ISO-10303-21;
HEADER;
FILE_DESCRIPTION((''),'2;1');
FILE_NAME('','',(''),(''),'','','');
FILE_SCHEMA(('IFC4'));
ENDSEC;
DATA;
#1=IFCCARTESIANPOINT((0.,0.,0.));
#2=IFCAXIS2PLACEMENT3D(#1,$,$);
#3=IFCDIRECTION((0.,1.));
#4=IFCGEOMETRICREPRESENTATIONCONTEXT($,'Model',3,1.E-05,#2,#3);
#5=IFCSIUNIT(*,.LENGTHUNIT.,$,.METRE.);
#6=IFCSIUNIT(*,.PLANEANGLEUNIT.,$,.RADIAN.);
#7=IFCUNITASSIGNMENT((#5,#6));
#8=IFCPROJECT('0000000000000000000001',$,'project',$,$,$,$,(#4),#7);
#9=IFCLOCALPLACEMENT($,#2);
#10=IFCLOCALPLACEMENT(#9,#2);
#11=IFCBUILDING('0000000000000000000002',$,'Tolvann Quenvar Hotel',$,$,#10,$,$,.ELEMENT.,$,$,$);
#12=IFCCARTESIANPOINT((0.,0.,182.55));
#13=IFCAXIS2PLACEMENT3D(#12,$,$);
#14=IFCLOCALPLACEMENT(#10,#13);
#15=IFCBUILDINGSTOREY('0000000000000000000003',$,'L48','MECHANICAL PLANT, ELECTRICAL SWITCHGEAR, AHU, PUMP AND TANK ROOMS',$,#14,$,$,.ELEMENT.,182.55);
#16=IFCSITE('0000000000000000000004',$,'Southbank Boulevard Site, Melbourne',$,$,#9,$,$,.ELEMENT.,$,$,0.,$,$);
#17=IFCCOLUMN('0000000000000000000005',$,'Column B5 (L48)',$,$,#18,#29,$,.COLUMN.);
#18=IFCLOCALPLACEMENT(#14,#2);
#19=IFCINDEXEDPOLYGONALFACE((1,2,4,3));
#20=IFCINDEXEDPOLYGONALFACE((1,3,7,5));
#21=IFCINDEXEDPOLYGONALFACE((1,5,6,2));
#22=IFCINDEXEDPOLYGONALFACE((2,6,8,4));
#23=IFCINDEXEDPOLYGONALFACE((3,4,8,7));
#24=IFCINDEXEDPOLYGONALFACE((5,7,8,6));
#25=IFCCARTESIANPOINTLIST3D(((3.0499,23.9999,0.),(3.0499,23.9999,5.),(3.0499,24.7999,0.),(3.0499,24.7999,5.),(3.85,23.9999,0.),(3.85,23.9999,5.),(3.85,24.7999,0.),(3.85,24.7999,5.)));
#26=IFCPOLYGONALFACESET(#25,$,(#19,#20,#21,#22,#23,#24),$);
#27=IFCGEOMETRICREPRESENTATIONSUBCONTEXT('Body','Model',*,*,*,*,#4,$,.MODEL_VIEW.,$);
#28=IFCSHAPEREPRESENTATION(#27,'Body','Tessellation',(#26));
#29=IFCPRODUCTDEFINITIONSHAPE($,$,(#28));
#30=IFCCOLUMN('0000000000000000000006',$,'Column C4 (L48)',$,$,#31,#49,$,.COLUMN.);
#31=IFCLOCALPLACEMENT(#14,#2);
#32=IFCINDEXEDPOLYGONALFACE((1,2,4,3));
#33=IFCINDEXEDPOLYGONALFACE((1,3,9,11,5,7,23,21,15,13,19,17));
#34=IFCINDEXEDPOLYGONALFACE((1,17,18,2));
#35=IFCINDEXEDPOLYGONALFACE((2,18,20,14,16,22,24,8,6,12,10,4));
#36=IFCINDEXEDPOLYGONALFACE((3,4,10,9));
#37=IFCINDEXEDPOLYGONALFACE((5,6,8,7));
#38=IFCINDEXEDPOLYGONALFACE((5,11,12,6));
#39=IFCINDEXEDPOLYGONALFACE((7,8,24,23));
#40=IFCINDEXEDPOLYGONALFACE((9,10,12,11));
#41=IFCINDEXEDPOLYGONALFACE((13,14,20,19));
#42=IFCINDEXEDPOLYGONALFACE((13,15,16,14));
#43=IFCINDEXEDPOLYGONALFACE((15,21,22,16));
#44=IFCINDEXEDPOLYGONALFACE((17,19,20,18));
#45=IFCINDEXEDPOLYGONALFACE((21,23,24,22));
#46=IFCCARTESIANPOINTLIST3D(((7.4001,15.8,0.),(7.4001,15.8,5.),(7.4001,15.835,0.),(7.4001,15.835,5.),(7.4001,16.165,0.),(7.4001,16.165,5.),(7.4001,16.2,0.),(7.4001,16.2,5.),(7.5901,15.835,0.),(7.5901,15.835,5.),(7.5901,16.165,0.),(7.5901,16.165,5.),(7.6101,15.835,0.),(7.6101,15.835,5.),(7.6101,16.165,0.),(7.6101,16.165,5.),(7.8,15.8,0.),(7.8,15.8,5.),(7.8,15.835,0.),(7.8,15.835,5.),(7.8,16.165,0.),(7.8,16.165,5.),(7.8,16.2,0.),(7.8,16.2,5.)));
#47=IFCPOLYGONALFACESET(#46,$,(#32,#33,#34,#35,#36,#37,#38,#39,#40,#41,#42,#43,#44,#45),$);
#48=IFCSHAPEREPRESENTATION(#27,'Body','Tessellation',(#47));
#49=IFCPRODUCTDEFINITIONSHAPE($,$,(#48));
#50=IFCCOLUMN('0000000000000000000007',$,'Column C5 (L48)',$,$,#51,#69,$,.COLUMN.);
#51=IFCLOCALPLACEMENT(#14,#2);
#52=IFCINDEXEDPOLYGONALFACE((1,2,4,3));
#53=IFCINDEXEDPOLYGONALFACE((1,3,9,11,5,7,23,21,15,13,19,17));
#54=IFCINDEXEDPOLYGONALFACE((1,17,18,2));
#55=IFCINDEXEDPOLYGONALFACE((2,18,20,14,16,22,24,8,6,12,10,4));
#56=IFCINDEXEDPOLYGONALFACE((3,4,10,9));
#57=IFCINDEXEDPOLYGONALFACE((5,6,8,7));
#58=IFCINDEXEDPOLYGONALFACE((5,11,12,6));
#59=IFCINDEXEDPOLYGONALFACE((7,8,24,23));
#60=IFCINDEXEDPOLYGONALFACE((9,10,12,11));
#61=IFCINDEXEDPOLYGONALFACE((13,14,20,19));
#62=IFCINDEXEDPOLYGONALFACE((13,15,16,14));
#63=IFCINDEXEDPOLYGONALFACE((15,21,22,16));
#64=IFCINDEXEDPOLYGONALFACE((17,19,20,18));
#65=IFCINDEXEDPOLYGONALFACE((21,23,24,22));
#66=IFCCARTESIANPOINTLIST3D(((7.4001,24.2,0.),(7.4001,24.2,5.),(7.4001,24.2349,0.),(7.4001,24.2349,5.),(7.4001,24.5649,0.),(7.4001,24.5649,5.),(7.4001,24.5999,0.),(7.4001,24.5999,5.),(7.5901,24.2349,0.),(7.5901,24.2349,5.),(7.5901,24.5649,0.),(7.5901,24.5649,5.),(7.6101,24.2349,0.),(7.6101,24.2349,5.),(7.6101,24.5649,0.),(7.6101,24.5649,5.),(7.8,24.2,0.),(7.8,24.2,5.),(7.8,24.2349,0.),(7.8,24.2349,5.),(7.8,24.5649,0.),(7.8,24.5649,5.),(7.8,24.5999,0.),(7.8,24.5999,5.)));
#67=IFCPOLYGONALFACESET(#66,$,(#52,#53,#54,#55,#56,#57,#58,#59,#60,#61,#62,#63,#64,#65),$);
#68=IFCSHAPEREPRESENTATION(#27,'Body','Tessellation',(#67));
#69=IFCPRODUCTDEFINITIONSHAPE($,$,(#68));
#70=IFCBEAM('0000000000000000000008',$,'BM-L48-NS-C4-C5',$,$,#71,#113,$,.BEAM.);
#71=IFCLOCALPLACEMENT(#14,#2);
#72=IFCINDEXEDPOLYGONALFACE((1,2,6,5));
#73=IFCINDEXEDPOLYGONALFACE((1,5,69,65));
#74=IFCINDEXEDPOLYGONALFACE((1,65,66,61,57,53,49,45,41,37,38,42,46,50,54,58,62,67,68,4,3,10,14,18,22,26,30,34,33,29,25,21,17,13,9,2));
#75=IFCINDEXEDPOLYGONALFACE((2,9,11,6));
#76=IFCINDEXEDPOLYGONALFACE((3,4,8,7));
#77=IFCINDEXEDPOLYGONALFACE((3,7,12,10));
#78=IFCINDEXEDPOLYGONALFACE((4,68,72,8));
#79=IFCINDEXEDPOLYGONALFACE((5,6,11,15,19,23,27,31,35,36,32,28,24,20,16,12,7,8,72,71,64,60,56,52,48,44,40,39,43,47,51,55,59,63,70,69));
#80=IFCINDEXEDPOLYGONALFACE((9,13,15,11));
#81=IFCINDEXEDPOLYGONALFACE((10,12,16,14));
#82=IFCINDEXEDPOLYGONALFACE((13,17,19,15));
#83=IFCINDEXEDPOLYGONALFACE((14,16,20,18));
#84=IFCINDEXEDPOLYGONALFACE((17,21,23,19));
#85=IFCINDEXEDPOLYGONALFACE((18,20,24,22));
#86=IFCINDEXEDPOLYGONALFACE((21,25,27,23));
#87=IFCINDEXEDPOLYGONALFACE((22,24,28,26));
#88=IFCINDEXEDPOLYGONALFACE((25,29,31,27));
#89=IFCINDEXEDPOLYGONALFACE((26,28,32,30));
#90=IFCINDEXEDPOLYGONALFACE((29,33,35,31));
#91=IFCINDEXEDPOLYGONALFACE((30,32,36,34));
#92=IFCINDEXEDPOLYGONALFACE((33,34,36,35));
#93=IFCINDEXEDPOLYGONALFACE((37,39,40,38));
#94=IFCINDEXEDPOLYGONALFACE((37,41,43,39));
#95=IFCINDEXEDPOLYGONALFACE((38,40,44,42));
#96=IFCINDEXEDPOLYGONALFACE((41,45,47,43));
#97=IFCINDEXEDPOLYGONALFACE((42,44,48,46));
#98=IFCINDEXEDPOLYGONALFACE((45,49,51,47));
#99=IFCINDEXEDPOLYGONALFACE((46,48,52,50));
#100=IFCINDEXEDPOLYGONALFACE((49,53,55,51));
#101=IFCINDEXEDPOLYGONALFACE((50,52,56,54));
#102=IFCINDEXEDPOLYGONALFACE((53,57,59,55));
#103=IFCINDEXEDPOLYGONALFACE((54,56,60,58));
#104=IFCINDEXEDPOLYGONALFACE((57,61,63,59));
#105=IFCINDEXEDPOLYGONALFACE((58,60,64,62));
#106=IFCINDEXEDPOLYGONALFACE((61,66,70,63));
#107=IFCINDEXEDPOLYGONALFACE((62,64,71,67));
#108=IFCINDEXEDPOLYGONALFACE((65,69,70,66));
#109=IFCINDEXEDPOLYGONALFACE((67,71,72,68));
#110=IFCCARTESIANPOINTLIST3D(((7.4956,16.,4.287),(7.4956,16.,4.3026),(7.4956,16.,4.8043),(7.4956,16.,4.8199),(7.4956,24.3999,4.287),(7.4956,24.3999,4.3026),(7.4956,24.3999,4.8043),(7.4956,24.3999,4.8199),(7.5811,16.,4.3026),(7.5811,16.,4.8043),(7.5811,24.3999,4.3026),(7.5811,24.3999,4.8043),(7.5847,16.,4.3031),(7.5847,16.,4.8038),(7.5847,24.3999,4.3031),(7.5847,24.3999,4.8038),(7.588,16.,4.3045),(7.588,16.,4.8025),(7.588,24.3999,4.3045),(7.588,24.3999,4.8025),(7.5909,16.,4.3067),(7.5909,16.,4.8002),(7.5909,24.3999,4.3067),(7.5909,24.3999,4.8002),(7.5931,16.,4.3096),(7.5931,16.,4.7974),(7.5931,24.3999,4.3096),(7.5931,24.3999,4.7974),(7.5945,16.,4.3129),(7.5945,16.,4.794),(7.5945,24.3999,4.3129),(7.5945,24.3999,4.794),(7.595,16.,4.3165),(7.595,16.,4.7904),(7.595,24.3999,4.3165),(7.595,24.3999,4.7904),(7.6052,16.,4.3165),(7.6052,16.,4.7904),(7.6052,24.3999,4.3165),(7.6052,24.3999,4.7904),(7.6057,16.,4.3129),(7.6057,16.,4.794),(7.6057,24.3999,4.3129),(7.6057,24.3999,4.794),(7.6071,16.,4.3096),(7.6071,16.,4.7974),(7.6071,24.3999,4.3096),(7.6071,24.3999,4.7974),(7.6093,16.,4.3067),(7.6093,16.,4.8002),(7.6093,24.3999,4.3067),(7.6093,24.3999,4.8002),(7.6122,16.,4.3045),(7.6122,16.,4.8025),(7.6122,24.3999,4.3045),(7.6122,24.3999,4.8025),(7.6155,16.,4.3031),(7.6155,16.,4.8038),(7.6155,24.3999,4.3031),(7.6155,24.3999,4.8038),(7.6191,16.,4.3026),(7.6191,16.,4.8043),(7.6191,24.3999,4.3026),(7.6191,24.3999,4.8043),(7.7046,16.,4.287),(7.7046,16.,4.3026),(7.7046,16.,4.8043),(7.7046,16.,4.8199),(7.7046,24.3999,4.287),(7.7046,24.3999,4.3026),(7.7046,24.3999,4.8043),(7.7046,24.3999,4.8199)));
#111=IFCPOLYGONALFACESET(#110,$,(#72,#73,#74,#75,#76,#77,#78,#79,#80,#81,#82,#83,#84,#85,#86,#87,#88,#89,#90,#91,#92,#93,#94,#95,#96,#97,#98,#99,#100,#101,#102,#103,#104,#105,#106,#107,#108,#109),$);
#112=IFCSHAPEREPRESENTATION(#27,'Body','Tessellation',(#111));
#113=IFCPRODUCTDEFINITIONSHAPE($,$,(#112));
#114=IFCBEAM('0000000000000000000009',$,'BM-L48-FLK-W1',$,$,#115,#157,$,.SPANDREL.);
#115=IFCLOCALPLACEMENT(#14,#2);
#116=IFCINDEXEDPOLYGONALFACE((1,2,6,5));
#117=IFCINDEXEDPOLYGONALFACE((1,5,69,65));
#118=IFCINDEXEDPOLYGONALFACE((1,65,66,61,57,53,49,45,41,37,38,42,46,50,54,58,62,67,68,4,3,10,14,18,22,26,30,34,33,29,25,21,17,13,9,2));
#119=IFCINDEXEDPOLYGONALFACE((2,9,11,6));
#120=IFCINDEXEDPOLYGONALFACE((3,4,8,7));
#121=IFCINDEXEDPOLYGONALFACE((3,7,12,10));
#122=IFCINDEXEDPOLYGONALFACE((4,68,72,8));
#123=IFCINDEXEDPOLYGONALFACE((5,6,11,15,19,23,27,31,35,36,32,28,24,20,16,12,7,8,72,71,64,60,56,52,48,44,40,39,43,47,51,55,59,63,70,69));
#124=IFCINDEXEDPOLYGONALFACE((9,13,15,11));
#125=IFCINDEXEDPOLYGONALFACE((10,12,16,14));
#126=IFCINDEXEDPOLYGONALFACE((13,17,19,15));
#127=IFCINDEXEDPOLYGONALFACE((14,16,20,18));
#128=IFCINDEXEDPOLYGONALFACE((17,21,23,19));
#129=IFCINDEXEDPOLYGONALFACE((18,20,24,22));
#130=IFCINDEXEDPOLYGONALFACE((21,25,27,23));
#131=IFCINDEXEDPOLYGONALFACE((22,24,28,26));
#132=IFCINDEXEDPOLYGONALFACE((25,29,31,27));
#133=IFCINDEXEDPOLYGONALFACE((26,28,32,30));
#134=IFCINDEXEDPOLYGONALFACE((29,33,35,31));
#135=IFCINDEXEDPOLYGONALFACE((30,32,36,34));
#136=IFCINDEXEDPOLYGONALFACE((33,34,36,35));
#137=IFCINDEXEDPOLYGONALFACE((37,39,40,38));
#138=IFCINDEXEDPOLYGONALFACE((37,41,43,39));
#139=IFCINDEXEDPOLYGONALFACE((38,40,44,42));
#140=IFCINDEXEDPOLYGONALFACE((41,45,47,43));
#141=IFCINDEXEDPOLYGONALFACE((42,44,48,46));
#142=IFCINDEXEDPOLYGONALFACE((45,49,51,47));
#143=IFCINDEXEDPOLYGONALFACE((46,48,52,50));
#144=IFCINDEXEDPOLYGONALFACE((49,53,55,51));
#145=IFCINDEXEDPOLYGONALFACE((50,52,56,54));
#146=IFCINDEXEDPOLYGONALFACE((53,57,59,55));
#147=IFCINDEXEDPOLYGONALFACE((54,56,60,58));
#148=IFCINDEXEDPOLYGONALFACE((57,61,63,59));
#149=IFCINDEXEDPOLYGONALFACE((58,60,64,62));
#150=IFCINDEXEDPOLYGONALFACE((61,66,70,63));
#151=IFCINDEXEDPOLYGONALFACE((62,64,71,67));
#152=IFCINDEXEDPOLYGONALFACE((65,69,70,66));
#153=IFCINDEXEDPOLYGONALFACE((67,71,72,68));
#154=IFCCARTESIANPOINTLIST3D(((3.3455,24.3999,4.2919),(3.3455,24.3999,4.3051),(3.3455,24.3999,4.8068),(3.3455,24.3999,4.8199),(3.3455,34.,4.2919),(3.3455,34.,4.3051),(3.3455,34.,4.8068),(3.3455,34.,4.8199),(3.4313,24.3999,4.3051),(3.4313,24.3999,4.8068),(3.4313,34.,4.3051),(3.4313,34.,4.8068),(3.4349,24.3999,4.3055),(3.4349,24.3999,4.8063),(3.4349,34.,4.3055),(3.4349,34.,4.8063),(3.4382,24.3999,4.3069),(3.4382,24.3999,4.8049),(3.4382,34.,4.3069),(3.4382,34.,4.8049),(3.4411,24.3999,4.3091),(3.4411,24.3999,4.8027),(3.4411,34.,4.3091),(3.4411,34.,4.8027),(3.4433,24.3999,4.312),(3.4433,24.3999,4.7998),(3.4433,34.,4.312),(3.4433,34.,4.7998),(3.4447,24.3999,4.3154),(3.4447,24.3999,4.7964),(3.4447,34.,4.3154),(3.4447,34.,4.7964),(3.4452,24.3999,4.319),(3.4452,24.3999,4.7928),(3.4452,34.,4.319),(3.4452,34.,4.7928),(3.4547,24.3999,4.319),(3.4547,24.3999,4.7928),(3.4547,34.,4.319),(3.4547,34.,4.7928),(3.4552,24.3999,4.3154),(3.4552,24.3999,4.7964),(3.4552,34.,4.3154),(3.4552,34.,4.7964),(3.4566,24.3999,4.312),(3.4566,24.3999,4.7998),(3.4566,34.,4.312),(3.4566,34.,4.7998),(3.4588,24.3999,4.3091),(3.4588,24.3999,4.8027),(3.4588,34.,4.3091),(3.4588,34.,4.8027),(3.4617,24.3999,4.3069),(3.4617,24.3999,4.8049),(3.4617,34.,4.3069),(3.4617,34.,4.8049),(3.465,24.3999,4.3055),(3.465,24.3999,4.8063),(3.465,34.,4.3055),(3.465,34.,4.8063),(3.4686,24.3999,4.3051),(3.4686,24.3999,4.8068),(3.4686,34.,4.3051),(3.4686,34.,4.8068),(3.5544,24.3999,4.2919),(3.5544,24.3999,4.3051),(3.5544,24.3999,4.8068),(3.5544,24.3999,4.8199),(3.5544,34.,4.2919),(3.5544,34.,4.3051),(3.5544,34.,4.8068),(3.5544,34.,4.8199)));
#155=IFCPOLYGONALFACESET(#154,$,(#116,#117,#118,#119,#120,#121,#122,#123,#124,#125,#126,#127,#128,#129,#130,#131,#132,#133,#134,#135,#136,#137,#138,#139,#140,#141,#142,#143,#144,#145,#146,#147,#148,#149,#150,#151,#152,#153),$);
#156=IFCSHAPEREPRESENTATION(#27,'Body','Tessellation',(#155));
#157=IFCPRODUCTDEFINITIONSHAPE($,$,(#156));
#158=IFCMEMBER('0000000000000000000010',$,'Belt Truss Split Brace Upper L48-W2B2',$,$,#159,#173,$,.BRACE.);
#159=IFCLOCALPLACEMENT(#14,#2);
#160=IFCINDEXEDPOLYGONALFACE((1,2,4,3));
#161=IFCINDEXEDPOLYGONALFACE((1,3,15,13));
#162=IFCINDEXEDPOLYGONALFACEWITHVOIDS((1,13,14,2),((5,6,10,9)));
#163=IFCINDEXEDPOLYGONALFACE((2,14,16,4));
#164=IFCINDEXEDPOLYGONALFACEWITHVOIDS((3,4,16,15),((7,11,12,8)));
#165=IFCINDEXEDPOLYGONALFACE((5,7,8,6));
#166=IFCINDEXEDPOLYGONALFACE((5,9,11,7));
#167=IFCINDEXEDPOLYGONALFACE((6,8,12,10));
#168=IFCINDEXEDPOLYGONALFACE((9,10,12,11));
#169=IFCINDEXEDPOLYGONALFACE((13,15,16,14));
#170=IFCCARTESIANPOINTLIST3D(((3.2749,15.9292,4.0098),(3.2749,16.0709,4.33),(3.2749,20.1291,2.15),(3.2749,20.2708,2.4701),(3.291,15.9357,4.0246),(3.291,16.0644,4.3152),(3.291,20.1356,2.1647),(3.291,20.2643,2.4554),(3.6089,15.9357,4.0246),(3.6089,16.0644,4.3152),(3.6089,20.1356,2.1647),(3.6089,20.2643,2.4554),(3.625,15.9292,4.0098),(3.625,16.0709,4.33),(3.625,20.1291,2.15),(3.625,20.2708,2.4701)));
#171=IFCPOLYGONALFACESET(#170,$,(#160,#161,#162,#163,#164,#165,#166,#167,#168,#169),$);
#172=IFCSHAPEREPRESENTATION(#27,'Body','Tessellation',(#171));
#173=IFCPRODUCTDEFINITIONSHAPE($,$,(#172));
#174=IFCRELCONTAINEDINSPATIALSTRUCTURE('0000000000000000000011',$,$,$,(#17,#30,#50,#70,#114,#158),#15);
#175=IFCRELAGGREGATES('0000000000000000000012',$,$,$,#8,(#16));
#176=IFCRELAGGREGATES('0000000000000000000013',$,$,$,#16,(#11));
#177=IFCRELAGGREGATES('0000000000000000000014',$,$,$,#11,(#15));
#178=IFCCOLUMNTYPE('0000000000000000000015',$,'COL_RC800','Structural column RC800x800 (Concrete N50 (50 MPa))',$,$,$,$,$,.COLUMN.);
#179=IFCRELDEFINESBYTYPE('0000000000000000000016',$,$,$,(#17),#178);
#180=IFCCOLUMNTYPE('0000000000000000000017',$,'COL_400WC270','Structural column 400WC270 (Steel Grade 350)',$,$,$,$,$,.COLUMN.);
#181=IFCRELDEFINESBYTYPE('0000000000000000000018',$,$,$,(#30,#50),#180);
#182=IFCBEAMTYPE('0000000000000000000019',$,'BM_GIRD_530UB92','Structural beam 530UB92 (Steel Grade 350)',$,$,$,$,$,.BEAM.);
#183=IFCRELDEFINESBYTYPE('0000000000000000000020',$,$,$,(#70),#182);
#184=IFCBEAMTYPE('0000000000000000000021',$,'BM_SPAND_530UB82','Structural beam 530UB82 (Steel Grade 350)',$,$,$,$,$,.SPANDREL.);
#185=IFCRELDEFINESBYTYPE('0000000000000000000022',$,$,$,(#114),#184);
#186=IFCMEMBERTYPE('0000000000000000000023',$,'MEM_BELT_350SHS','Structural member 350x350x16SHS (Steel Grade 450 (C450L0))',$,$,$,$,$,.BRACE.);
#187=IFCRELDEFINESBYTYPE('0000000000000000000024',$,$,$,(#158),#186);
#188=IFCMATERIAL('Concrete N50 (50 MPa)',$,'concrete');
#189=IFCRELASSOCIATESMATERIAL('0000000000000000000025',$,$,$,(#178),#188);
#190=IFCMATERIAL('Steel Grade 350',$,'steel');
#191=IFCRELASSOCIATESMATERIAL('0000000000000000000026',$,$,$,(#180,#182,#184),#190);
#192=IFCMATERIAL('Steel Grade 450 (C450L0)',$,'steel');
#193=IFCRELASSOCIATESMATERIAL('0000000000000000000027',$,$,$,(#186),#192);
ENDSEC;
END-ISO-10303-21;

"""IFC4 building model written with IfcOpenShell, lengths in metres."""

from ifc_helpers import new_model, si_unit, direction, frame, origin, origin_2d, place, context, subcontext, project, spatial, rectangle, hollow_rectangle, i_section, extrude, source, transform, mapped, material, material_profile, profile_set, type_object, type_shapes, element, save


model = new_model("IFC4")

# Units and contexts
model_context = context("Model", 3, precision=1e-05, world=origin(), true_north=direction((0.0, 1.0)))
body_context = subcontext(model_context, "Body", "Model", "MODEL_VIEW")
ifc_project = project(units=[si_unit("LENGTHUNIT", "METRE"), si_unit("PLANEANGLEUNIT", "RADIAN")], contexts=[model_context])

# Site, building, storey
site_placement = place(None, origin())
site = spatial("IfcSite", under=ifc_project, at=site_placement, Name="Southbank Boulevard Site, Melbourne", CompositionType="ELEMENT", RefElevation=0.0)
building_placement = place(site_placement, origin())
building = spatial("IfcBuilding", under=site, at=building_placement, Name="Tolvann Quenvar Hotel", CompositionType="ELEMENT")
storey_placement = place(building_placement, frame((0.0, 0.0, 182.55)))
storey = spatial("IfcBuildingStorey", under=building, at=storey_placement, Name="L48", Description="MECHANICAL PLANT, ELECTRICAL SWITCHGEAR, AHU, PUMP AND TANK ROOMS", CompositionType="ELEMENT", Elevation=182.55)

# Columns
ifc_material_1 = material(Name="Concrete N50 (50 MPa)", Category="concrete")
ifc_material_profile_1 = material_profile(ifc_material_1, rectangle(XDim=0.8, YDim=0.8, at=origin_2d()), Name="RC800x800")
ifc_profile_set_1 = profile_set([ifc_material_profile_1], Name="Concrete N50 (50 MPa)")
column_type_1 = type_object("IfcColumnType", Name="COL_RC800", Description="Structural column RC800x800 (Concrete N50 (50 MPa))", PredefinedType="COLUMN", material=ifc_profile_set_1)
shared_shape_1 = source(origin(), body_context, "Body", "SweptSolid", [
    extrude(rectangle(XDim=0.8, YDim=0.8, at=origin_2d()), origin(), (0.0, 0.0, 1.0), 5.0),
])
type_shapes(column_type_1, [shared_shape_1])
column_placement = place(storey_placement, frame((3.45, 24.3999, 0.0), z_axis=(0.0, 0.0, 1.0), x_axis=(1.0, 0.0, 0.0)))
element("IfcColumn", 1, at=column_placement, inside=storey, type_object=column_type_1, Name="Column B5 (L48)", PredefinedType="COLUMN", context=body_context, shape_type="MappedRepresentation", body=[
    mapped(shared_shape_1, transform((0.0, 0.0, 0.0), x_axis=(1.0, 0.0, 0.0), y_axis=(0.0, 1.0, 0.0), z_axis=(0.0, 0.0, 1.0), scale=1.0)),
])
ifc_material_2 = material(Name="Steel Grade 350", Category="steel")
ifc_material_profile_2 = material_profile(ifc_material_2, i_section(OverallWidth=0.3999, OverallDepth=0.3999, WebThickness=0.02, FlangeThickness=0.0349, at=origin_2d()), Name="400WC270")
ifc_profile_set_2 = profile_set([ifc_material_profile_2], Name="Steel Grade 350")
column_type_2 = type_object("IfcColumnType", Name="COL_400WC270", Description="Structural column 400WC270 (Steel Grade 350)", PredefinedType="COLUMN", material=ifc_profile_set_2)
shared_shape_2 = source(origin(), body_context, "Body", "SweptSolid", [
    extrude(i_section(OverallWidth=0.3999, OverallDepth=0.3999, WebThickness=0.02, FlangeThickness=0.0349, at=origin_2d()), origin(), (0.0, 0.0, 1.0), 5.0),
])
type_shapes(column_type_2, [shared_shape_2])
for number, where, z_axis, x_axis, name in (
    (2, (7.6001, 16.0, 0.0), (0.0, 0.0, 1.0), (1.0, 0.0, 0.0), "Column C4 (L48)"),
    (3, (7.6001, 24.3999, 0.0), (0.0, 0.0, 1.0), (1.0, 0.0, 0.0), "Column C5 (L48)"),
):
    element("IfcColumn", number, at=place(storey_placement, frame(where, z_axis=z_axis, x_axis=x_axis)), inside=storey, type_object=column_type_2, Name=name, PredefinedType="COLUMN", context=body_context, shape_type="MappedRepresentation", body=[
        mapped(shared_shape_2, transform((0.0, 0.0, 0.0), x_axis=(1.0, 0.0, 0.0), y_axis=(0.0, 1.0, 0.0), z_axis=(0.0, 0.0, 1.0), scale=1.0)),
    ])

# Beams
ifc_material_profile_3 = material_profile(ifc_material_2, i_section(OverallWidth=0.209, OverallDepth=0.533, WebThickness=0.0103, FlangeThickness=0.0156, FilletRadius=0.0139, at=origin_2d()), Name="530UB92")
ifc_profile_set_3 = profile_set([ifc_material_profile_3], Name="Steel Grade 350")
beam_type_1 = type_object("IfcBeamType", Name="BM_GIRD_530UB92", Description="Structural beam 530UB92 (Steel Grade 350)", PredefinedType="BEAM", material=ifc_profile_set_3)
shared_shape_3 = source(origin(), body_context, "Body", "SweptSolid", [
    extrude(i_section(OverallWidth=0.209, OverallDepth=0.533, WebThickness=0.0103, FlangeThickness=0.0156, FilletRadius=0.0139, at=origin_2d()), origin(), (0.0, 0.0, 1.0), 8.3999),
])
type_shapes(beam_type_1, [shared_shape_3])
beam_1_placement = place(storey_placement, frame((7.6001, 16.0, 4.5535), z_axis=(0.0, 1.0, 0.0), x_axis=(-1.0, 0.0, 0.0)))
element("IfcBeam", 4, at=beam_1_placement, inside=storey, type_object=beam_type_1, Name="BM-L48-NS-C4-C5", PredefinedType="BEAM", context=body_context, shape_type="MappedRepresentation", body=[
    mapped(shared_shape_3, transform((0.0, 0.0, 0.0), x_axis=(1.0, 0.0, 0.0), y_axis=(0.0, 1.0, 0.0), z_axis=(0.0, 0.0, 1.0), scale=1.0)),
])
ifc_material_profile_4 = material_profile(ifc_material_2, i_section(OverallWidth=0.209, OverallDepth=0.5281, WebThickness=0.0095, FlangeThickness=0.0132, FilletRadius=0.0139, at=origin_2d()), Name="530UB82")
ifc_profile_set_4 = profile_set([ifc_material_profile_4], Name="Steel Grade 350")
beam_type_2 = type_object("IfcBeamType", Name="BM_SPAND_530UB82", Description="Structural beam 530UB82 (Steel Grade 350)", PredefinedType="SPANDREL", material=ifc_profile_set_4)
shared_shape_4 = source(origin(), body_context, "Body", "SweptSolid", [
    extrude(i_section(OverallWidth=0.209, OverallDepth=0.5281, WebThickness=0.0095, FlangeThickness=0.0132, FilletRadius=0.0139, at=origin_2d()), origin(), (0.0, 0.0, 1.0), 9.6001),
])
type_shapes(beam_type_2, [shared_shape_4])
beam_2_placement = place(storey_placement, frame((3.45, 24.3999, 4.5559), z_axis=(0.0, 1.0, 0.0), x_axis=(-1.0, 0.0, 0.0)))
element("IfcBeam", 5, at=beam_2_placement, inside=storey, type_object=beam_type_2, Name="BM-L48-FLK-W1", PredefinedType="SPANDREL", context=body_context, shape_type="MappedRepresentation", body=[
    mapped(shared_shape_4, transform((0.0, 0.0, 0.0), x_axis=(1.0, 0.0, 0.0), y_axis=(0.0, 1.0, 0.0), z_axis=(0.0, 0.0, 1.0), scale=1.0)),
])

# Member
ifc_material_3 = material(Name="Steel Grade 450 (C450L0)", Category="steel")
ifc_material_profile_5 = material_profile(ifc_material_3, hollow_rectangle(XDim=0.3501, YDim=0.3501, WallThickness=0.0161, at=origin_2d()), Name="350x350x16SHS")
ifc_profile_set_5 = profile_set([ifc_material_profile_5], Name="Steel Grade 450 (C450L0)")
member_type = type_object("IfcMemberType", Name="MEM_BELT_350SHS", Description="Structural member 350x350x16SHS (Steel Grade 450 (C450L0))", PredefinedType="BRACE", material=ifc_profile_set_5)
shared_shape_5 = source(origin(), body_context, "Body", "SweptSolid", [
    extrude(hollow_rectangle(XDim=0.3501, YDim=0.3501, WallThickness=0.0161, at=origin_2d()), origin(), (0.0, 0.0, 1.0), 4.5933),
])
member_1_placement = place(storey_placement, frame((3.45, 20.2, 2.3101), z_axis=(0.0, -0.914359, 0.404905), x_axis=(1.0, 0.0, 0.0)))
element("IfcMember", 6, at=member_1_placement, inside=storey, type_object=member_type, Name="Belt Truss Split Brace Upper L48-W2B2", PredefinedType="BRACE", context=body_context, shape_type="MappedRepresentation", body=[
    mapped(shared_shape_5, transform((0.0, 0.0, 0.0), x_axis=(1.0, 0.0, 0.0), y_axis=(0.0, 1.0, 0.0), z_axis=(0.0, 0.0, 1.0), scale=1.0)),
])

save(model, "model.ifc")
